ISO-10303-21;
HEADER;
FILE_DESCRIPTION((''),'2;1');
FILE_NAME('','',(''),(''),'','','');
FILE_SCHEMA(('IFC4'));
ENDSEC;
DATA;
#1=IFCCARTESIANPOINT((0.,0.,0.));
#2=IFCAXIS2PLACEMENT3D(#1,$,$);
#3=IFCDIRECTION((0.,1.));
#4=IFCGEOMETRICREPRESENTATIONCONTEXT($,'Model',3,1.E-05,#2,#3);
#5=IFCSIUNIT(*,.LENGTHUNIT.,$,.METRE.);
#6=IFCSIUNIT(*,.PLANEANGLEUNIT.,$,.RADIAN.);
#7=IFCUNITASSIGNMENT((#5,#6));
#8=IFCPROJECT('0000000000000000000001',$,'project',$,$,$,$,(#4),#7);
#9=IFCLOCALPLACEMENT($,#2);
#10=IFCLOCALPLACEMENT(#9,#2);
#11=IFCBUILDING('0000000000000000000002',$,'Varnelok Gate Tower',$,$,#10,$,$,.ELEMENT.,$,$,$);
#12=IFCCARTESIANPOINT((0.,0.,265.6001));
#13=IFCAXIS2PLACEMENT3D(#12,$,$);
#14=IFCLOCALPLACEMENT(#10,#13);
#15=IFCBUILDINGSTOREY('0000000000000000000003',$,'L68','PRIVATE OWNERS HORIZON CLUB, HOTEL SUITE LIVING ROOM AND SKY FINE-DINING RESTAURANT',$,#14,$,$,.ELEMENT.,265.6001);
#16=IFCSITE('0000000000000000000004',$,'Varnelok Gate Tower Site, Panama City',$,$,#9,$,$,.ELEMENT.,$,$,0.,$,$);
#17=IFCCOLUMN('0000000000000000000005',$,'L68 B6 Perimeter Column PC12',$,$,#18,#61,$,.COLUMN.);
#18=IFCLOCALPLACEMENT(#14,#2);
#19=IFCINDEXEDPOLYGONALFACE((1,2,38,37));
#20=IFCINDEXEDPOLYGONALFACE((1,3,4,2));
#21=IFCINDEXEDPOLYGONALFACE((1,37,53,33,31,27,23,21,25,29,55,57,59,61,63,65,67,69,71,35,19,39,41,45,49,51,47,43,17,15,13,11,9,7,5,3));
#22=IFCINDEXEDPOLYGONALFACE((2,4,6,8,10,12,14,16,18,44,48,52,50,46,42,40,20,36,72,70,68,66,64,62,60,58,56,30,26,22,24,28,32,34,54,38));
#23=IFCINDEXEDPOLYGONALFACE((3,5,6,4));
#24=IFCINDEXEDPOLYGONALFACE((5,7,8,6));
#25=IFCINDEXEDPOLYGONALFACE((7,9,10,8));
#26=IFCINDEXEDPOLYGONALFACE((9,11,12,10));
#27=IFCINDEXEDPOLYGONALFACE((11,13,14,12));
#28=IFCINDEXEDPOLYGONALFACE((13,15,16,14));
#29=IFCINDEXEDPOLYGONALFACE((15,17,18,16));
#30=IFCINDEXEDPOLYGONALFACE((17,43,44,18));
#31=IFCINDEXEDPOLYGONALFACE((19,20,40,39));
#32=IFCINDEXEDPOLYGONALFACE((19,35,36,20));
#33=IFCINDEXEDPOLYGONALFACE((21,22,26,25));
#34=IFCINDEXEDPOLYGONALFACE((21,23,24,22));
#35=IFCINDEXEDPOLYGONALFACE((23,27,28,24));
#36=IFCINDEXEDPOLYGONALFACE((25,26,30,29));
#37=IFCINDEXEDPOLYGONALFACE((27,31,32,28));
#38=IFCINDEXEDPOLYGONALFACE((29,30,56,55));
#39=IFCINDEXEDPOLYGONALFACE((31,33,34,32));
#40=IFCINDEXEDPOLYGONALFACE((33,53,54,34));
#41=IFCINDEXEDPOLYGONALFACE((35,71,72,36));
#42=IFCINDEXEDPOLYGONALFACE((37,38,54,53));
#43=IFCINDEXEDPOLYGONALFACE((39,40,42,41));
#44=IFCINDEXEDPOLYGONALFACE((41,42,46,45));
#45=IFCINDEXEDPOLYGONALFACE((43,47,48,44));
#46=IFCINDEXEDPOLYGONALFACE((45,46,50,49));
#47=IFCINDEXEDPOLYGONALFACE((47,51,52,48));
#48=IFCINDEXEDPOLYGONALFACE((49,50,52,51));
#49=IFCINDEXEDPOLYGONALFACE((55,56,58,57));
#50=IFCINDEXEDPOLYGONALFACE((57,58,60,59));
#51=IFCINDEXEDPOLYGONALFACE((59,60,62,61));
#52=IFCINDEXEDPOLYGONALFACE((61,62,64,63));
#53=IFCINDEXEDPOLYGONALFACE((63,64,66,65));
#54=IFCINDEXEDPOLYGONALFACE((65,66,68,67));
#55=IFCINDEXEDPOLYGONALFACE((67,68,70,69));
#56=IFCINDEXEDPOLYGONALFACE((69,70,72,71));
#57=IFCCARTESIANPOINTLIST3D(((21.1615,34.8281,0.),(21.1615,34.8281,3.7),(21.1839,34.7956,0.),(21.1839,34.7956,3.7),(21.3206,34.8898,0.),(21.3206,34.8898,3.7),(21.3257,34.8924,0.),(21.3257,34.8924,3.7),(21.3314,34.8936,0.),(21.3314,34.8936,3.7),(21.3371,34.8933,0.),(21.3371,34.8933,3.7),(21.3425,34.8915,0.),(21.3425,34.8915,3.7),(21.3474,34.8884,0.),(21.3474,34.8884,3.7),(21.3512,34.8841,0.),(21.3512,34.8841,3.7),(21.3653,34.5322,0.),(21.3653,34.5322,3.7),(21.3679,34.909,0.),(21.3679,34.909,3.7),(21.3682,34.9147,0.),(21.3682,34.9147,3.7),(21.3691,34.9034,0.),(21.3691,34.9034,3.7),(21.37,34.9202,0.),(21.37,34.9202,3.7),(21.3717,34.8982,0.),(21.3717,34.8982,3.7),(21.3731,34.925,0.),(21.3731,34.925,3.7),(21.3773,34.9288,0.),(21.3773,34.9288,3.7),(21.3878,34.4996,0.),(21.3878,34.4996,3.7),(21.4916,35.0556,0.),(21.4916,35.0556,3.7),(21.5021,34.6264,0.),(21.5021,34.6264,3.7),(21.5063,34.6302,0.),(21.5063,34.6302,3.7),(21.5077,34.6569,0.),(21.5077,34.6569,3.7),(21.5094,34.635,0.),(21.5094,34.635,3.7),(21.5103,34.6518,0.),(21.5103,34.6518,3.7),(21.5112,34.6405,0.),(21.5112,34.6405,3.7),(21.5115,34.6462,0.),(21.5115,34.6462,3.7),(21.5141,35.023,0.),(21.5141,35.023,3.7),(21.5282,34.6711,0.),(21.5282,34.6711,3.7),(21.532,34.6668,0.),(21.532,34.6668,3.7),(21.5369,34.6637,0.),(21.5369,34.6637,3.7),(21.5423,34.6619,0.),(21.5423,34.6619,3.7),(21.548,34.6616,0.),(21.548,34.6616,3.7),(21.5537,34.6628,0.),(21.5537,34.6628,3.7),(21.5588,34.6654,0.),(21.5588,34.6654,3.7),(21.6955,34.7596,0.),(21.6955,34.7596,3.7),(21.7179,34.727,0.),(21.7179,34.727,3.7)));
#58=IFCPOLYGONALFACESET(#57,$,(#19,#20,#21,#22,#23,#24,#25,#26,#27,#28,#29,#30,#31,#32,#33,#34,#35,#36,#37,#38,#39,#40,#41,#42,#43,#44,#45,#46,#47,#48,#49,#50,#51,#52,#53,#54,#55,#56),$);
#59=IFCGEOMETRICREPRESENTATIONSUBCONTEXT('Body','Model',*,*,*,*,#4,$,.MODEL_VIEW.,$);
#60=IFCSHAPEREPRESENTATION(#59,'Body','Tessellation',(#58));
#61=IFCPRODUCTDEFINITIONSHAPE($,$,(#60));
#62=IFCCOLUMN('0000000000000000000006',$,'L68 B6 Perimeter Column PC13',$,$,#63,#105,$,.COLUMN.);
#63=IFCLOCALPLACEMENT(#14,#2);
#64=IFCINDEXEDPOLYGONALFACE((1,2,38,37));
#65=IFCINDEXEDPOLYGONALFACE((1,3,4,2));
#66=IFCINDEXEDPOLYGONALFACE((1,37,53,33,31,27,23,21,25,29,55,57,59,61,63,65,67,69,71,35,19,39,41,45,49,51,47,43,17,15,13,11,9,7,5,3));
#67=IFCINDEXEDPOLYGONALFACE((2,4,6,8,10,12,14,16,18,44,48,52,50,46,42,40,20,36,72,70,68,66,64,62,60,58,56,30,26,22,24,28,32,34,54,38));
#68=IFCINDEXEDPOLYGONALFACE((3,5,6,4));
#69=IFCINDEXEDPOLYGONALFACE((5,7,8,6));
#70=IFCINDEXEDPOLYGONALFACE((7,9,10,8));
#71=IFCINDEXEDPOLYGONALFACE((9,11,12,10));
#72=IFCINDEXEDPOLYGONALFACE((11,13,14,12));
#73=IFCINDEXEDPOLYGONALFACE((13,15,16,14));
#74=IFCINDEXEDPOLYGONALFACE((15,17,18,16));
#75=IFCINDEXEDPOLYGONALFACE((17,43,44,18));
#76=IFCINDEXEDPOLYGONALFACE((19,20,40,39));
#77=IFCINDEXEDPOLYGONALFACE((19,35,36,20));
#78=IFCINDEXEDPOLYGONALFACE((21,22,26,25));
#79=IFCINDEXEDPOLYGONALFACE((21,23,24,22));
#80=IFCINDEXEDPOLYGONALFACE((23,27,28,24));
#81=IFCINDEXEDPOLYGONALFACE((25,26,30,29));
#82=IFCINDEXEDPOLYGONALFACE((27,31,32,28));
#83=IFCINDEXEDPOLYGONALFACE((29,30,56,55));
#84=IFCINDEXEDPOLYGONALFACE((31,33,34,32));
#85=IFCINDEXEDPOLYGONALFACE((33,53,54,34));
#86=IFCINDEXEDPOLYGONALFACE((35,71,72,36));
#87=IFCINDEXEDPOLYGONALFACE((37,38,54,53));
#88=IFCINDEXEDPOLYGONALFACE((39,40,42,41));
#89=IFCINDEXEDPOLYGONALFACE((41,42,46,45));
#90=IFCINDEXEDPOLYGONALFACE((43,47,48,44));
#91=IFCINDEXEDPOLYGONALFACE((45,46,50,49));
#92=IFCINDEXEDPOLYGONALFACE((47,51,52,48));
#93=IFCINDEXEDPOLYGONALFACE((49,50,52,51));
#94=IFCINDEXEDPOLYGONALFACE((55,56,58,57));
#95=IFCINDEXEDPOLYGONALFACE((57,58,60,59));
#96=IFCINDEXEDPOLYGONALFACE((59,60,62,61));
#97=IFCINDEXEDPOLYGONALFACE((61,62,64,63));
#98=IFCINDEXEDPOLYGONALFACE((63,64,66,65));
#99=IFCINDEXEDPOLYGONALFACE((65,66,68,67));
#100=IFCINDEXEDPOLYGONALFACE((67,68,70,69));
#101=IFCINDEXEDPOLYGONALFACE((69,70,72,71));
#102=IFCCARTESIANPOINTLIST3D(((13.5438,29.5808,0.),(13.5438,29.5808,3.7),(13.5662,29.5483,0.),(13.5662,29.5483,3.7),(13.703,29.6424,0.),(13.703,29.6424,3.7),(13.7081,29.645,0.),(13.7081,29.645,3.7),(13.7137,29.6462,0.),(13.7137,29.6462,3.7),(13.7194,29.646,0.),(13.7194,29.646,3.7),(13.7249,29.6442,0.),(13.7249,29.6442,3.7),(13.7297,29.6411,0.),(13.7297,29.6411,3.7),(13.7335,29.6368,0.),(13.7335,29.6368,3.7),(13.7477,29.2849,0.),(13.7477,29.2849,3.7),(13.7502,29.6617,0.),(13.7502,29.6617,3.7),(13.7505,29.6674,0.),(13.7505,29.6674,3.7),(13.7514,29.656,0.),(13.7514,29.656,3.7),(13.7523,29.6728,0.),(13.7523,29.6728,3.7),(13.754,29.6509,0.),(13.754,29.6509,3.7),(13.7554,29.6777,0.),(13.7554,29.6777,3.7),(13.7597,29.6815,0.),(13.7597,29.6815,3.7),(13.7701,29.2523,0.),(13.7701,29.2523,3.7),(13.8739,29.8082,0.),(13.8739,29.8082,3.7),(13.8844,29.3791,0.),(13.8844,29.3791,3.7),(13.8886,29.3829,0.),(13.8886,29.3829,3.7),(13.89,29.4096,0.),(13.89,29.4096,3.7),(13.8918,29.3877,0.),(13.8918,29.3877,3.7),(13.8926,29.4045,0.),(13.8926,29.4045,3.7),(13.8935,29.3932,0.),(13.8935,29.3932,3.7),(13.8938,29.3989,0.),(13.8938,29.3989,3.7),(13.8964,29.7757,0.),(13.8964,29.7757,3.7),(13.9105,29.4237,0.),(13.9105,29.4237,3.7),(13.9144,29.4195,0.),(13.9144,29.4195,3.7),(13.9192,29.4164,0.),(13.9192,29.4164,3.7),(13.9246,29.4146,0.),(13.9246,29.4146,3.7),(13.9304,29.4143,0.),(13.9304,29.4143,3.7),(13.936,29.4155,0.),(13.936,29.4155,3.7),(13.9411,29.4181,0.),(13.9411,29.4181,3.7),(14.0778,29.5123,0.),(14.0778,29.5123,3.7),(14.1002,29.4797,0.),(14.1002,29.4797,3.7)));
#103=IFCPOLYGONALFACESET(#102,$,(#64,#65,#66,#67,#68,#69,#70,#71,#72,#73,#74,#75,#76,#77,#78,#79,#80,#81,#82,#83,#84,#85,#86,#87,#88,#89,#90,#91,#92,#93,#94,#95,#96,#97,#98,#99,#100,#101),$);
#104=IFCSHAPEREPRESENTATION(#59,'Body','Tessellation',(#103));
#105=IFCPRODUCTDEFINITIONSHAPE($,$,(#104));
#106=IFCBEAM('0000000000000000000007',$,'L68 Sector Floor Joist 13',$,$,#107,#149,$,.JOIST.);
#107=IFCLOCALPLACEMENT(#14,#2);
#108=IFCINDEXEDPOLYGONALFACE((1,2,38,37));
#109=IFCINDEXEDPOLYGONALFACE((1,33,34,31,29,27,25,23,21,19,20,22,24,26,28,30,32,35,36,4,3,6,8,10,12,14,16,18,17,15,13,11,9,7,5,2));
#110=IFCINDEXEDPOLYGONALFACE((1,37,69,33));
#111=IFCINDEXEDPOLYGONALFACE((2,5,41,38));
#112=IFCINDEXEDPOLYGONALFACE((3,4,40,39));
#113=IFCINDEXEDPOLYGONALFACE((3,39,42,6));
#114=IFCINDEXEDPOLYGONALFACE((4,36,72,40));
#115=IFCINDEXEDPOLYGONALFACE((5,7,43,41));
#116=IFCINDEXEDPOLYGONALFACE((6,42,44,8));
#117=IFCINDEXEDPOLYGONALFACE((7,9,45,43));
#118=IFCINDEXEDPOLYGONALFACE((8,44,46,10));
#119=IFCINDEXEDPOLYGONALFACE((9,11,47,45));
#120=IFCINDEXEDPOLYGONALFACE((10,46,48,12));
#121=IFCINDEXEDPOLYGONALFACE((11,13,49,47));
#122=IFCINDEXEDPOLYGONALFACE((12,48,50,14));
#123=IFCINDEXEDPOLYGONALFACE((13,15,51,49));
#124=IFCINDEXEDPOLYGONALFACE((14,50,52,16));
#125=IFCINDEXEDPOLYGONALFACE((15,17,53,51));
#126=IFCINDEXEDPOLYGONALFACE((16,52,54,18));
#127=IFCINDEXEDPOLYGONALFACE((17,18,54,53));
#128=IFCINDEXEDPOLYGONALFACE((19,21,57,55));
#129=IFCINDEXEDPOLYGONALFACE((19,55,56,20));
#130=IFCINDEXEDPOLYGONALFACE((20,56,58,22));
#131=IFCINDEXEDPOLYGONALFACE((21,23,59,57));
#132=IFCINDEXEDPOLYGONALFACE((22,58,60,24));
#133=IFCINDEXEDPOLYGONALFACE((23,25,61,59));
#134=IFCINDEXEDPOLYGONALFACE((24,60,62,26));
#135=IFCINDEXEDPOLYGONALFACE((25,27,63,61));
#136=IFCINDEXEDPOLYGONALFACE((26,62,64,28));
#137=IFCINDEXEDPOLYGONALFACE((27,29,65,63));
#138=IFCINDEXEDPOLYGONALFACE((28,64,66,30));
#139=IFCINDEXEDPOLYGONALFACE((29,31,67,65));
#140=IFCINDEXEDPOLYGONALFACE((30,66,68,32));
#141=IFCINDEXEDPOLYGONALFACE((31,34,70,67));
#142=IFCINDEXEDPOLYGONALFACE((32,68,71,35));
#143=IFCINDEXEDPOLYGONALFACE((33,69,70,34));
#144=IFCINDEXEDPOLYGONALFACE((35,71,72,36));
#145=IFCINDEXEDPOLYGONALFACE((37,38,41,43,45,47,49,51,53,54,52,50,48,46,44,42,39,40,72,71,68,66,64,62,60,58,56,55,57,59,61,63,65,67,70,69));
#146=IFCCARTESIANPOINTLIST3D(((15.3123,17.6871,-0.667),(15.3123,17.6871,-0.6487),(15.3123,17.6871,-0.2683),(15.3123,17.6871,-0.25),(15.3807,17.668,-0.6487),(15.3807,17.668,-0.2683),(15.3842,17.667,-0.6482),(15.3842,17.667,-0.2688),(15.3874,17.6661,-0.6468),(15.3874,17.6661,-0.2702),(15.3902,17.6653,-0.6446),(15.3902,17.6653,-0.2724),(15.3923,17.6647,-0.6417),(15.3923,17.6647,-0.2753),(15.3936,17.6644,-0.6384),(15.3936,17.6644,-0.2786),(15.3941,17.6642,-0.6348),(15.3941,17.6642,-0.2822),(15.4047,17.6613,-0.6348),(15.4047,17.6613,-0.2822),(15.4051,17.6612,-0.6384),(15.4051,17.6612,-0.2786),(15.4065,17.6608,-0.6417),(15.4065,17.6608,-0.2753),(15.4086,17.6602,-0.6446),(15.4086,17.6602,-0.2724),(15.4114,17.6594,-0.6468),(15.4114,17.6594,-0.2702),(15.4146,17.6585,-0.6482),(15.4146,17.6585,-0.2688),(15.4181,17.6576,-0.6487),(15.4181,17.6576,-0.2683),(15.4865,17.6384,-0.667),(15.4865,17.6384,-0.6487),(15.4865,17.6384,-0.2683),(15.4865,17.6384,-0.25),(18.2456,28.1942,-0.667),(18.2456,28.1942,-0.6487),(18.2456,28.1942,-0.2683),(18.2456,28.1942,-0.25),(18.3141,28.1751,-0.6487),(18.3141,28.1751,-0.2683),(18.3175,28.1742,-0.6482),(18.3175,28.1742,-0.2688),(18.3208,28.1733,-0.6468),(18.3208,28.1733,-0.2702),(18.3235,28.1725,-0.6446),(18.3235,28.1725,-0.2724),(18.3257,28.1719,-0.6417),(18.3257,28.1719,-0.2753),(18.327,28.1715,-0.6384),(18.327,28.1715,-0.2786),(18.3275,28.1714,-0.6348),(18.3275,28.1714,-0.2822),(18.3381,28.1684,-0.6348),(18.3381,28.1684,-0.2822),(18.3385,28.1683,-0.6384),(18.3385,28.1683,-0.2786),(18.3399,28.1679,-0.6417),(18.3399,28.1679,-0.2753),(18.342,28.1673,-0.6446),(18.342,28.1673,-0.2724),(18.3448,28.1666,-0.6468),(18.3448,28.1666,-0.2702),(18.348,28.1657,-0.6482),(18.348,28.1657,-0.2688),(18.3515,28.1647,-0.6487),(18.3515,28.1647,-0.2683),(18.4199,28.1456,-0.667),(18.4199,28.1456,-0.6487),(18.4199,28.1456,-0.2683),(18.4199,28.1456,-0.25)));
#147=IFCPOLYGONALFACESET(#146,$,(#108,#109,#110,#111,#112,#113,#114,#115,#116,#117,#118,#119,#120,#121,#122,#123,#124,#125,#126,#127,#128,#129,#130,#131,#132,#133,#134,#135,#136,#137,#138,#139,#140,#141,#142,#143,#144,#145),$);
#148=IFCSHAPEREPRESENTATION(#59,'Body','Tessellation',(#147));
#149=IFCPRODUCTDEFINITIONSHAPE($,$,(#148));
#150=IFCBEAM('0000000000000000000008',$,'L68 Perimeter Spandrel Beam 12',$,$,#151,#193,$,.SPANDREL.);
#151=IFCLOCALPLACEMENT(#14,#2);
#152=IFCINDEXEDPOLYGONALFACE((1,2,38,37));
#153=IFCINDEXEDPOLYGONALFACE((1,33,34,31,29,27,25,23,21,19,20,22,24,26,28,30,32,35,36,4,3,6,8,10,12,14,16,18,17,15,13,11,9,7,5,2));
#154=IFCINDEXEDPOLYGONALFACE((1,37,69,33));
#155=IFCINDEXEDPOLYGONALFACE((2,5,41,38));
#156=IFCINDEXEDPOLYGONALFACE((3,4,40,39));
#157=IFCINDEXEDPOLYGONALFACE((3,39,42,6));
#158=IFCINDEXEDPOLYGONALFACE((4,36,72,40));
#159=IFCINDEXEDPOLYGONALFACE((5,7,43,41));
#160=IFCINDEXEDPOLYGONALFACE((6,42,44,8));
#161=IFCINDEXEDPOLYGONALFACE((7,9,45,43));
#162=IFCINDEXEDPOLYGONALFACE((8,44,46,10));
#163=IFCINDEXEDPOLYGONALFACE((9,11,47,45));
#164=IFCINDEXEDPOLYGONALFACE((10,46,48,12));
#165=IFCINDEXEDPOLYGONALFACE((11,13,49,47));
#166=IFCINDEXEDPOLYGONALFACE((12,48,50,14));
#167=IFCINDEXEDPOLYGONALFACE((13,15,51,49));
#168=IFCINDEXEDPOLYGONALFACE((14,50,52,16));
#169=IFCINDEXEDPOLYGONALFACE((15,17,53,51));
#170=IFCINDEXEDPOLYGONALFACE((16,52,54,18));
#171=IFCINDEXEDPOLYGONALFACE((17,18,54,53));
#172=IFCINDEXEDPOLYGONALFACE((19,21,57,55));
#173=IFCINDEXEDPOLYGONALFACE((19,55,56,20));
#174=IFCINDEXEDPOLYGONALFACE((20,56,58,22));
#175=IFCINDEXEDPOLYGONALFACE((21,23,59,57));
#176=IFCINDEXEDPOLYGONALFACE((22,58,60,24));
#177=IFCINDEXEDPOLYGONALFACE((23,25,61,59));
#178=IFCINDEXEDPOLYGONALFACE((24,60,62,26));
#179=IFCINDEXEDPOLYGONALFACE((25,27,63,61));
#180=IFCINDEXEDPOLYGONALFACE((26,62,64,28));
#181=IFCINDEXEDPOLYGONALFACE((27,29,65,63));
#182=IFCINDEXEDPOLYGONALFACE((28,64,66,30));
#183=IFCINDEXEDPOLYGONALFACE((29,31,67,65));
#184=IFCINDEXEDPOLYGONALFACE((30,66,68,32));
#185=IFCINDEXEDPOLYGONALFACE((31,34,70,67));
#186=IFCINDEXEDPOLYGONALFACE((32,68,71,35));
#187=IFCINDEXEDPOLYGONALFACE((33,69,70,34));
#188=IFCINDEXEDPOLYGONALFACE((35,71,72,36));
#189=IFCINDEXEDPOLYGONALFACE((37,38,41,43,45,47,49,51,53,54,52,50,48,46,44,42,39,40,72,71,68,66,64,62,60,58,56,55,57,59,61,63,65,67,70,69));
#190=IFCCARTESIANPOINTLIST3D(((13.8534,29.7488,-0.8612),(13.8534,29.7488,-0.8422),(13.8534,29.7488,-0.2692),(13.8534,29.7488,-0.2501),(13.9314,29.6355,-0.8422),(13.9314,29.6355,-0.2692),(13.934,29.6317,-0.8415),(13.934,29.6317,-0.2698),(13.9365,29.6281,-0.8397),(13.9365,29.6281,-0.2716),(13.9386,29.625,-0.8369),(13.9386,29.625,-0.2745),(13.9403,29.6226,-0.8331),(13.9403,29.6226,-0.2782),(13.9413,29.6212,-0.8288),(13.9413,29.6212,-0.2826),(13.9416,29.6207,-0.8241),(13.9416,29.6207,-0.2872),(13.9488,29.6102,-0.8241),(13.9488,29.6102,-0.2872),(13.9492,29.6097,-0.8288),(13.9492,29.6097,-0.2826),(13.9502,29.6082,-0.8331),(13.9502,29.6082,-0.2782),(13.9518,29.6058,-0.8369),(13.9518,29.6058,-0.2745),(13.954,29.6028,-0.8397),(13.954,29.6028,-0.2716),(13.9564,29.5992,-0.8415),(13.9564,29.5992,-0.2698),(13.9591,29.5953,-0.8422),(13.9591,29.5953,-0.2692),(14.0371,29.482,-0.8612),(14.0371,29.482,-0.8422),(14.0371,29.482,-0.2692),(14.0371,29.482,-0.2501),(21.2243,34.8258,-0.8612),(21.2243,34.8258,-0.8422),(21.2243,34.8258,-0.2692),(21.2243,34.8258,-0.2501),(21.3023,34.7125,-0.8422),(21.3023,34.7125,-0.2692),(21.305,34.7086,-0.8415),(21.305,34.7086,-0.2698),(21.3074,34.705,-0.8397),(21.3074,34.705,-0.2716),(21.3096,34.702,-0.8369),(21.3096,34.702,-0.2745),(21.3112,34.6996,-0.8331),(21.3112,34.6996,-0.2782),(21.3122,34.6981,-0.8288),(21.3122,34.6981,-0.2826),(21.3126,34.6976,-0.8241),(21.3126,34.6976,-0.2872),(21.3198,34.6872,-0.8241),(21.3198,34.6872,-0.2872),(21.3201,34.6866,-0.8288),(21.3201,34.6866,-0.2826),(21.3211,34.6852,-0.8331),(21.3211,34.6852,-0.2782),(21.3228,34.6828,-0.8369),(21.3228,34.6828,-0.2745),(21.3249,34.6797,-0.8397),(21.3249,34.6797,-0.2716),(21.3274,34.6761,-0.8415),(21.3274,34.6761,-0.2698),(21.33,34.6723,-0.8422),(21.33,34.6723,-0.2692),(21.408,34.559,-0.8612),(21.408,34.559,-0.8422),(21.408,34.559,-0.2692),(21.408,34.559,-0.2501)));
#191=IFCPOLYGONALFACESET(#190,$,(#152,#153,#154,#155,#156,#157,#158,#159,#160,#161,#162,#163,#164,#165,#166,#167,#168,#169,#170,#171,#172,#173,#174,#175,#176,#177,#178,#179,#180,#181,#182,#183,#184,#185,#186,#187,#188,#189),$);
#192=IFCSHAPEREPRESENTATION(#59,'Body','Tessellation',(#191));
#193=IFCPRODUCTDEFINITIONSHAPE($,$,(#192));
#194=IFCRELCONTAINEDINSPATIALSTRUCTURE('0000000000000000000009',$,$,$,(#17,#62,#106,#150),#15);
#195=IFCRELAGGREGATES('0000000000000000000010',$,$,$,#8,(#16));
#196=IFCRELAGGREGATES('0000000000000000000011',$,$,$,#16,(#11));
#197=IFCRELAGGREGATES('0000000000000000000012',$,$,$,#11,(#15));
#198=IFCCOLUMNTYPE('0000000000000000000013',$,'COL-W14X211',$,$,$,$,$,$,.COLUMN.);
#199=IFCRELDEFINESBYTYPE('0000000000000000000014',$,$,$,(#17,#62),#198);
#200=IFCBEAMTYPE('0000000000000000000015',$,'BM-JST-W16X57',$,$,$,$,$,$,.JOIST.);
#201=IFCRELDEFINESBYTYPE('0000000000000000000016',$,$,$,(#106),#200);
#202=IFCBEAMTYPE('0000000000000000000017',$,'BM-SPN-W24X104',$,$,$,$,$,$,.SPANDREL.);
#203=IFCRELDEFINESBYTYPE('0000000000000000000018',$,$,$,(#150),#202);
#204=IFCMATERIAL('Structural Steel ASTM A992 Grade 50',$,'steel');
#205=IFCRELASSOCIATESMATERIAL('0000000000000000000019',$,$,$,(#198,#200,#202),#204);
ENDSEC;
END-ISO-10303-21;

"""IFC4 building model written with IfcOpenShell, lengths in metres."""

from ifc_helpers import new_model, si_unit, direction, frame, origin, origin_2d, place, context, subcontext, project, spatial, i_section, extrude, material, material_profile, profile_set, type_object, element, save


model = new_model("IFC4")

# Units and contexts
model_context = context("Model", 3, precision=1e-05, world=origin(), true_north=direction((0.0, 1.0)))
body_context = subcontext(model_context, "Body", "Model", "MODEL_VIEW")
ifc_project = project(units=[si_unit("LENGTHUNIT", "METRE"), si_unit("PLANEANGLEUNIT", "RADIAN")], contexts=[model_context])

# Site, building, storey
site_placement = place(None, origin())
site = spatial("IfcSite", under=ifc_project, at=site_placement, Name="Varnelok Gate Tower Site, Panama City", CompositionType="ELEMENT", RefElevation=0.0)
building_placement = place(site_placement, origin())
building = spatial("IfcBuilding", under=site, at=building_placement, Name="Varnelok Gate Tower", CompositionType="ELEMENT")
storey_placement = place(building_placement, frame((0.0, 0.0, 265.6001)))
storey = spatial("IfcBuildingStorey", under=building, at=storey_placement, Name="L68", Description="PRIVATE OWNERS HORIZON CLUB, HOTEL SUITE LIVING ROOM AND SKY FINE-DINING RESTAURANT", CompositionType="ELEMENT", Elevation=265.6001)

# Columns
ifc_material_1 = material(Name="Structural Steel ASTM A992 Grade 50", Category="steel")
ifc_material_profile_1 = material_profile(ifc_material_1, i_section(OverallWidth=0.4009, OverallDepth=0.3989, WebThickness=0.0249, FlangeThickness=0.0396, FilletRadius=0.022, at=origin_2d()), Name="W14X211")
ifc_profile_set_1 = profile_set([ifc_material_profile_1], Name="Structural Steel ASTM A992 Grade 50")
column_type = type_object("IfcColumnType", Name="COL-W14X211", PredefinedType="COLUMN", material=ifc_profile_set_1)
for number, where, z_axis, x_axis, name in (
    (1, (21.4397, 34.7776, 0.0), (0.0, 0.0, 1.0), (0.823533, 0.567269, 0.0), "L68 B6 Perimeter Column PC12"),
    (2, (13.822, 29.5303, 0.0), (0.0, 0.0, 1.0), (0.823533, 0.567269, 0.0), "L68 B6 Perimeter Column PC13"),
):
    element("IfcColumn", number, at=place(storey_placement, frame(where, z_axis=z_axis, x_axis=x_axis)), inside=storey, type_object=column_type, Name=name, PredefinedType="COLUMN", context=body_context, shape_type="SweptSolid", body=[
        extrude(i_section(OverallWidth=0.4009, OverallDepth=0.3989, WebThickness=0.0249, FlangeThickness=0.0396, FilletRadius=0.022, at=origin_2d()), origin(), (0.0, 0.0, 1.0), 3.7),
    ])

# Beams
ifc_material_profile_2 = material_profile(ifc_material_1, i_section(OverallWidth=0.1809, OverallDepth=0.417, WebThickness=0.011, FlangeThickness=0.0183, FilletRadius=0.0139, at=origin_2d()), Name="W16X57")
ifc_profile_set_2 = profile_set([ifc_material_profile_2], Name="Structural Steel ASTM A992 Grade 50")
beam_type_1 = type_object("IfcBeamType", Name="BM-JST-W16X57", PredefinedType="JOIST", material=ifc_profile_set_2)
beam_1_placement = place(storey_placement, frame((18.3328, 28.1699, -0.4585), z_axis=(-0.268896, -0.963169, 0.0), x_axis=(0.963169, -0.268896, 0.0)))
element("IfcBeam", 3, at=beam_1_placement, inside=storey, type_object=beam_type_1, Name="L68 Sector Floor Joist 13", PredefinedType="JOIST", context=body_context, shape_type="SweptSolid", body=[
    extrude(i_section(OverallWidth=0.1809, OverallDepth=0.417, WebThickness=0.011, FlangeThickness=0.0183, FilletRadius=0.0139, at=origin_2d()), origin(), (0.0, 0.0, 1.0), 10.9089),
])
ifc_material_profile_3 = material_profile(ifc_material_1, i_section(OverallWidth=0.324, OverallDepth=0.6111, WebThickness=0.0127, FlangeThickness=0.019, FilletRadius=0.0181, at=origin_2d()), Name="W24X104")
ifc_profile_set_3 = profile_set([ifc_material_profile_3], Name="Structural Steel ASTM A992 Grade 50")
beam_type_2 = type_object("IfcBeamType", Name="BM-SPN-W24X104", PredefinedType="SPANDREL", material=ifc_profile_set_3)
beam_2_placement = place(storey_placement, frame((21.3162, 34.6924, -0.5557), z_axis=(-0.823549, -0.567245, 0.0), x_axis=(0.567245, -0.823549, 0.0)))
element("IfcBeam", 4, at=beam_2_placement, inside=storey, type_object=beam_type_2, Name="L68 Perimeter Spandrel Beam 12", PredefinedType="SPANDREL", context=body_context, shape_type="SweptSolid", body=[
    extrude(i_section(OverallWidth=0.324, OverallDepth=0.6111, WebThickness=0.0127, FlangeThickness=0.019, FilletRadius=0.0181, at=origin_2d()), origin(), (0.0, 0.0, 1.0), 8.9502),
])

save(model, "model.ifc")
